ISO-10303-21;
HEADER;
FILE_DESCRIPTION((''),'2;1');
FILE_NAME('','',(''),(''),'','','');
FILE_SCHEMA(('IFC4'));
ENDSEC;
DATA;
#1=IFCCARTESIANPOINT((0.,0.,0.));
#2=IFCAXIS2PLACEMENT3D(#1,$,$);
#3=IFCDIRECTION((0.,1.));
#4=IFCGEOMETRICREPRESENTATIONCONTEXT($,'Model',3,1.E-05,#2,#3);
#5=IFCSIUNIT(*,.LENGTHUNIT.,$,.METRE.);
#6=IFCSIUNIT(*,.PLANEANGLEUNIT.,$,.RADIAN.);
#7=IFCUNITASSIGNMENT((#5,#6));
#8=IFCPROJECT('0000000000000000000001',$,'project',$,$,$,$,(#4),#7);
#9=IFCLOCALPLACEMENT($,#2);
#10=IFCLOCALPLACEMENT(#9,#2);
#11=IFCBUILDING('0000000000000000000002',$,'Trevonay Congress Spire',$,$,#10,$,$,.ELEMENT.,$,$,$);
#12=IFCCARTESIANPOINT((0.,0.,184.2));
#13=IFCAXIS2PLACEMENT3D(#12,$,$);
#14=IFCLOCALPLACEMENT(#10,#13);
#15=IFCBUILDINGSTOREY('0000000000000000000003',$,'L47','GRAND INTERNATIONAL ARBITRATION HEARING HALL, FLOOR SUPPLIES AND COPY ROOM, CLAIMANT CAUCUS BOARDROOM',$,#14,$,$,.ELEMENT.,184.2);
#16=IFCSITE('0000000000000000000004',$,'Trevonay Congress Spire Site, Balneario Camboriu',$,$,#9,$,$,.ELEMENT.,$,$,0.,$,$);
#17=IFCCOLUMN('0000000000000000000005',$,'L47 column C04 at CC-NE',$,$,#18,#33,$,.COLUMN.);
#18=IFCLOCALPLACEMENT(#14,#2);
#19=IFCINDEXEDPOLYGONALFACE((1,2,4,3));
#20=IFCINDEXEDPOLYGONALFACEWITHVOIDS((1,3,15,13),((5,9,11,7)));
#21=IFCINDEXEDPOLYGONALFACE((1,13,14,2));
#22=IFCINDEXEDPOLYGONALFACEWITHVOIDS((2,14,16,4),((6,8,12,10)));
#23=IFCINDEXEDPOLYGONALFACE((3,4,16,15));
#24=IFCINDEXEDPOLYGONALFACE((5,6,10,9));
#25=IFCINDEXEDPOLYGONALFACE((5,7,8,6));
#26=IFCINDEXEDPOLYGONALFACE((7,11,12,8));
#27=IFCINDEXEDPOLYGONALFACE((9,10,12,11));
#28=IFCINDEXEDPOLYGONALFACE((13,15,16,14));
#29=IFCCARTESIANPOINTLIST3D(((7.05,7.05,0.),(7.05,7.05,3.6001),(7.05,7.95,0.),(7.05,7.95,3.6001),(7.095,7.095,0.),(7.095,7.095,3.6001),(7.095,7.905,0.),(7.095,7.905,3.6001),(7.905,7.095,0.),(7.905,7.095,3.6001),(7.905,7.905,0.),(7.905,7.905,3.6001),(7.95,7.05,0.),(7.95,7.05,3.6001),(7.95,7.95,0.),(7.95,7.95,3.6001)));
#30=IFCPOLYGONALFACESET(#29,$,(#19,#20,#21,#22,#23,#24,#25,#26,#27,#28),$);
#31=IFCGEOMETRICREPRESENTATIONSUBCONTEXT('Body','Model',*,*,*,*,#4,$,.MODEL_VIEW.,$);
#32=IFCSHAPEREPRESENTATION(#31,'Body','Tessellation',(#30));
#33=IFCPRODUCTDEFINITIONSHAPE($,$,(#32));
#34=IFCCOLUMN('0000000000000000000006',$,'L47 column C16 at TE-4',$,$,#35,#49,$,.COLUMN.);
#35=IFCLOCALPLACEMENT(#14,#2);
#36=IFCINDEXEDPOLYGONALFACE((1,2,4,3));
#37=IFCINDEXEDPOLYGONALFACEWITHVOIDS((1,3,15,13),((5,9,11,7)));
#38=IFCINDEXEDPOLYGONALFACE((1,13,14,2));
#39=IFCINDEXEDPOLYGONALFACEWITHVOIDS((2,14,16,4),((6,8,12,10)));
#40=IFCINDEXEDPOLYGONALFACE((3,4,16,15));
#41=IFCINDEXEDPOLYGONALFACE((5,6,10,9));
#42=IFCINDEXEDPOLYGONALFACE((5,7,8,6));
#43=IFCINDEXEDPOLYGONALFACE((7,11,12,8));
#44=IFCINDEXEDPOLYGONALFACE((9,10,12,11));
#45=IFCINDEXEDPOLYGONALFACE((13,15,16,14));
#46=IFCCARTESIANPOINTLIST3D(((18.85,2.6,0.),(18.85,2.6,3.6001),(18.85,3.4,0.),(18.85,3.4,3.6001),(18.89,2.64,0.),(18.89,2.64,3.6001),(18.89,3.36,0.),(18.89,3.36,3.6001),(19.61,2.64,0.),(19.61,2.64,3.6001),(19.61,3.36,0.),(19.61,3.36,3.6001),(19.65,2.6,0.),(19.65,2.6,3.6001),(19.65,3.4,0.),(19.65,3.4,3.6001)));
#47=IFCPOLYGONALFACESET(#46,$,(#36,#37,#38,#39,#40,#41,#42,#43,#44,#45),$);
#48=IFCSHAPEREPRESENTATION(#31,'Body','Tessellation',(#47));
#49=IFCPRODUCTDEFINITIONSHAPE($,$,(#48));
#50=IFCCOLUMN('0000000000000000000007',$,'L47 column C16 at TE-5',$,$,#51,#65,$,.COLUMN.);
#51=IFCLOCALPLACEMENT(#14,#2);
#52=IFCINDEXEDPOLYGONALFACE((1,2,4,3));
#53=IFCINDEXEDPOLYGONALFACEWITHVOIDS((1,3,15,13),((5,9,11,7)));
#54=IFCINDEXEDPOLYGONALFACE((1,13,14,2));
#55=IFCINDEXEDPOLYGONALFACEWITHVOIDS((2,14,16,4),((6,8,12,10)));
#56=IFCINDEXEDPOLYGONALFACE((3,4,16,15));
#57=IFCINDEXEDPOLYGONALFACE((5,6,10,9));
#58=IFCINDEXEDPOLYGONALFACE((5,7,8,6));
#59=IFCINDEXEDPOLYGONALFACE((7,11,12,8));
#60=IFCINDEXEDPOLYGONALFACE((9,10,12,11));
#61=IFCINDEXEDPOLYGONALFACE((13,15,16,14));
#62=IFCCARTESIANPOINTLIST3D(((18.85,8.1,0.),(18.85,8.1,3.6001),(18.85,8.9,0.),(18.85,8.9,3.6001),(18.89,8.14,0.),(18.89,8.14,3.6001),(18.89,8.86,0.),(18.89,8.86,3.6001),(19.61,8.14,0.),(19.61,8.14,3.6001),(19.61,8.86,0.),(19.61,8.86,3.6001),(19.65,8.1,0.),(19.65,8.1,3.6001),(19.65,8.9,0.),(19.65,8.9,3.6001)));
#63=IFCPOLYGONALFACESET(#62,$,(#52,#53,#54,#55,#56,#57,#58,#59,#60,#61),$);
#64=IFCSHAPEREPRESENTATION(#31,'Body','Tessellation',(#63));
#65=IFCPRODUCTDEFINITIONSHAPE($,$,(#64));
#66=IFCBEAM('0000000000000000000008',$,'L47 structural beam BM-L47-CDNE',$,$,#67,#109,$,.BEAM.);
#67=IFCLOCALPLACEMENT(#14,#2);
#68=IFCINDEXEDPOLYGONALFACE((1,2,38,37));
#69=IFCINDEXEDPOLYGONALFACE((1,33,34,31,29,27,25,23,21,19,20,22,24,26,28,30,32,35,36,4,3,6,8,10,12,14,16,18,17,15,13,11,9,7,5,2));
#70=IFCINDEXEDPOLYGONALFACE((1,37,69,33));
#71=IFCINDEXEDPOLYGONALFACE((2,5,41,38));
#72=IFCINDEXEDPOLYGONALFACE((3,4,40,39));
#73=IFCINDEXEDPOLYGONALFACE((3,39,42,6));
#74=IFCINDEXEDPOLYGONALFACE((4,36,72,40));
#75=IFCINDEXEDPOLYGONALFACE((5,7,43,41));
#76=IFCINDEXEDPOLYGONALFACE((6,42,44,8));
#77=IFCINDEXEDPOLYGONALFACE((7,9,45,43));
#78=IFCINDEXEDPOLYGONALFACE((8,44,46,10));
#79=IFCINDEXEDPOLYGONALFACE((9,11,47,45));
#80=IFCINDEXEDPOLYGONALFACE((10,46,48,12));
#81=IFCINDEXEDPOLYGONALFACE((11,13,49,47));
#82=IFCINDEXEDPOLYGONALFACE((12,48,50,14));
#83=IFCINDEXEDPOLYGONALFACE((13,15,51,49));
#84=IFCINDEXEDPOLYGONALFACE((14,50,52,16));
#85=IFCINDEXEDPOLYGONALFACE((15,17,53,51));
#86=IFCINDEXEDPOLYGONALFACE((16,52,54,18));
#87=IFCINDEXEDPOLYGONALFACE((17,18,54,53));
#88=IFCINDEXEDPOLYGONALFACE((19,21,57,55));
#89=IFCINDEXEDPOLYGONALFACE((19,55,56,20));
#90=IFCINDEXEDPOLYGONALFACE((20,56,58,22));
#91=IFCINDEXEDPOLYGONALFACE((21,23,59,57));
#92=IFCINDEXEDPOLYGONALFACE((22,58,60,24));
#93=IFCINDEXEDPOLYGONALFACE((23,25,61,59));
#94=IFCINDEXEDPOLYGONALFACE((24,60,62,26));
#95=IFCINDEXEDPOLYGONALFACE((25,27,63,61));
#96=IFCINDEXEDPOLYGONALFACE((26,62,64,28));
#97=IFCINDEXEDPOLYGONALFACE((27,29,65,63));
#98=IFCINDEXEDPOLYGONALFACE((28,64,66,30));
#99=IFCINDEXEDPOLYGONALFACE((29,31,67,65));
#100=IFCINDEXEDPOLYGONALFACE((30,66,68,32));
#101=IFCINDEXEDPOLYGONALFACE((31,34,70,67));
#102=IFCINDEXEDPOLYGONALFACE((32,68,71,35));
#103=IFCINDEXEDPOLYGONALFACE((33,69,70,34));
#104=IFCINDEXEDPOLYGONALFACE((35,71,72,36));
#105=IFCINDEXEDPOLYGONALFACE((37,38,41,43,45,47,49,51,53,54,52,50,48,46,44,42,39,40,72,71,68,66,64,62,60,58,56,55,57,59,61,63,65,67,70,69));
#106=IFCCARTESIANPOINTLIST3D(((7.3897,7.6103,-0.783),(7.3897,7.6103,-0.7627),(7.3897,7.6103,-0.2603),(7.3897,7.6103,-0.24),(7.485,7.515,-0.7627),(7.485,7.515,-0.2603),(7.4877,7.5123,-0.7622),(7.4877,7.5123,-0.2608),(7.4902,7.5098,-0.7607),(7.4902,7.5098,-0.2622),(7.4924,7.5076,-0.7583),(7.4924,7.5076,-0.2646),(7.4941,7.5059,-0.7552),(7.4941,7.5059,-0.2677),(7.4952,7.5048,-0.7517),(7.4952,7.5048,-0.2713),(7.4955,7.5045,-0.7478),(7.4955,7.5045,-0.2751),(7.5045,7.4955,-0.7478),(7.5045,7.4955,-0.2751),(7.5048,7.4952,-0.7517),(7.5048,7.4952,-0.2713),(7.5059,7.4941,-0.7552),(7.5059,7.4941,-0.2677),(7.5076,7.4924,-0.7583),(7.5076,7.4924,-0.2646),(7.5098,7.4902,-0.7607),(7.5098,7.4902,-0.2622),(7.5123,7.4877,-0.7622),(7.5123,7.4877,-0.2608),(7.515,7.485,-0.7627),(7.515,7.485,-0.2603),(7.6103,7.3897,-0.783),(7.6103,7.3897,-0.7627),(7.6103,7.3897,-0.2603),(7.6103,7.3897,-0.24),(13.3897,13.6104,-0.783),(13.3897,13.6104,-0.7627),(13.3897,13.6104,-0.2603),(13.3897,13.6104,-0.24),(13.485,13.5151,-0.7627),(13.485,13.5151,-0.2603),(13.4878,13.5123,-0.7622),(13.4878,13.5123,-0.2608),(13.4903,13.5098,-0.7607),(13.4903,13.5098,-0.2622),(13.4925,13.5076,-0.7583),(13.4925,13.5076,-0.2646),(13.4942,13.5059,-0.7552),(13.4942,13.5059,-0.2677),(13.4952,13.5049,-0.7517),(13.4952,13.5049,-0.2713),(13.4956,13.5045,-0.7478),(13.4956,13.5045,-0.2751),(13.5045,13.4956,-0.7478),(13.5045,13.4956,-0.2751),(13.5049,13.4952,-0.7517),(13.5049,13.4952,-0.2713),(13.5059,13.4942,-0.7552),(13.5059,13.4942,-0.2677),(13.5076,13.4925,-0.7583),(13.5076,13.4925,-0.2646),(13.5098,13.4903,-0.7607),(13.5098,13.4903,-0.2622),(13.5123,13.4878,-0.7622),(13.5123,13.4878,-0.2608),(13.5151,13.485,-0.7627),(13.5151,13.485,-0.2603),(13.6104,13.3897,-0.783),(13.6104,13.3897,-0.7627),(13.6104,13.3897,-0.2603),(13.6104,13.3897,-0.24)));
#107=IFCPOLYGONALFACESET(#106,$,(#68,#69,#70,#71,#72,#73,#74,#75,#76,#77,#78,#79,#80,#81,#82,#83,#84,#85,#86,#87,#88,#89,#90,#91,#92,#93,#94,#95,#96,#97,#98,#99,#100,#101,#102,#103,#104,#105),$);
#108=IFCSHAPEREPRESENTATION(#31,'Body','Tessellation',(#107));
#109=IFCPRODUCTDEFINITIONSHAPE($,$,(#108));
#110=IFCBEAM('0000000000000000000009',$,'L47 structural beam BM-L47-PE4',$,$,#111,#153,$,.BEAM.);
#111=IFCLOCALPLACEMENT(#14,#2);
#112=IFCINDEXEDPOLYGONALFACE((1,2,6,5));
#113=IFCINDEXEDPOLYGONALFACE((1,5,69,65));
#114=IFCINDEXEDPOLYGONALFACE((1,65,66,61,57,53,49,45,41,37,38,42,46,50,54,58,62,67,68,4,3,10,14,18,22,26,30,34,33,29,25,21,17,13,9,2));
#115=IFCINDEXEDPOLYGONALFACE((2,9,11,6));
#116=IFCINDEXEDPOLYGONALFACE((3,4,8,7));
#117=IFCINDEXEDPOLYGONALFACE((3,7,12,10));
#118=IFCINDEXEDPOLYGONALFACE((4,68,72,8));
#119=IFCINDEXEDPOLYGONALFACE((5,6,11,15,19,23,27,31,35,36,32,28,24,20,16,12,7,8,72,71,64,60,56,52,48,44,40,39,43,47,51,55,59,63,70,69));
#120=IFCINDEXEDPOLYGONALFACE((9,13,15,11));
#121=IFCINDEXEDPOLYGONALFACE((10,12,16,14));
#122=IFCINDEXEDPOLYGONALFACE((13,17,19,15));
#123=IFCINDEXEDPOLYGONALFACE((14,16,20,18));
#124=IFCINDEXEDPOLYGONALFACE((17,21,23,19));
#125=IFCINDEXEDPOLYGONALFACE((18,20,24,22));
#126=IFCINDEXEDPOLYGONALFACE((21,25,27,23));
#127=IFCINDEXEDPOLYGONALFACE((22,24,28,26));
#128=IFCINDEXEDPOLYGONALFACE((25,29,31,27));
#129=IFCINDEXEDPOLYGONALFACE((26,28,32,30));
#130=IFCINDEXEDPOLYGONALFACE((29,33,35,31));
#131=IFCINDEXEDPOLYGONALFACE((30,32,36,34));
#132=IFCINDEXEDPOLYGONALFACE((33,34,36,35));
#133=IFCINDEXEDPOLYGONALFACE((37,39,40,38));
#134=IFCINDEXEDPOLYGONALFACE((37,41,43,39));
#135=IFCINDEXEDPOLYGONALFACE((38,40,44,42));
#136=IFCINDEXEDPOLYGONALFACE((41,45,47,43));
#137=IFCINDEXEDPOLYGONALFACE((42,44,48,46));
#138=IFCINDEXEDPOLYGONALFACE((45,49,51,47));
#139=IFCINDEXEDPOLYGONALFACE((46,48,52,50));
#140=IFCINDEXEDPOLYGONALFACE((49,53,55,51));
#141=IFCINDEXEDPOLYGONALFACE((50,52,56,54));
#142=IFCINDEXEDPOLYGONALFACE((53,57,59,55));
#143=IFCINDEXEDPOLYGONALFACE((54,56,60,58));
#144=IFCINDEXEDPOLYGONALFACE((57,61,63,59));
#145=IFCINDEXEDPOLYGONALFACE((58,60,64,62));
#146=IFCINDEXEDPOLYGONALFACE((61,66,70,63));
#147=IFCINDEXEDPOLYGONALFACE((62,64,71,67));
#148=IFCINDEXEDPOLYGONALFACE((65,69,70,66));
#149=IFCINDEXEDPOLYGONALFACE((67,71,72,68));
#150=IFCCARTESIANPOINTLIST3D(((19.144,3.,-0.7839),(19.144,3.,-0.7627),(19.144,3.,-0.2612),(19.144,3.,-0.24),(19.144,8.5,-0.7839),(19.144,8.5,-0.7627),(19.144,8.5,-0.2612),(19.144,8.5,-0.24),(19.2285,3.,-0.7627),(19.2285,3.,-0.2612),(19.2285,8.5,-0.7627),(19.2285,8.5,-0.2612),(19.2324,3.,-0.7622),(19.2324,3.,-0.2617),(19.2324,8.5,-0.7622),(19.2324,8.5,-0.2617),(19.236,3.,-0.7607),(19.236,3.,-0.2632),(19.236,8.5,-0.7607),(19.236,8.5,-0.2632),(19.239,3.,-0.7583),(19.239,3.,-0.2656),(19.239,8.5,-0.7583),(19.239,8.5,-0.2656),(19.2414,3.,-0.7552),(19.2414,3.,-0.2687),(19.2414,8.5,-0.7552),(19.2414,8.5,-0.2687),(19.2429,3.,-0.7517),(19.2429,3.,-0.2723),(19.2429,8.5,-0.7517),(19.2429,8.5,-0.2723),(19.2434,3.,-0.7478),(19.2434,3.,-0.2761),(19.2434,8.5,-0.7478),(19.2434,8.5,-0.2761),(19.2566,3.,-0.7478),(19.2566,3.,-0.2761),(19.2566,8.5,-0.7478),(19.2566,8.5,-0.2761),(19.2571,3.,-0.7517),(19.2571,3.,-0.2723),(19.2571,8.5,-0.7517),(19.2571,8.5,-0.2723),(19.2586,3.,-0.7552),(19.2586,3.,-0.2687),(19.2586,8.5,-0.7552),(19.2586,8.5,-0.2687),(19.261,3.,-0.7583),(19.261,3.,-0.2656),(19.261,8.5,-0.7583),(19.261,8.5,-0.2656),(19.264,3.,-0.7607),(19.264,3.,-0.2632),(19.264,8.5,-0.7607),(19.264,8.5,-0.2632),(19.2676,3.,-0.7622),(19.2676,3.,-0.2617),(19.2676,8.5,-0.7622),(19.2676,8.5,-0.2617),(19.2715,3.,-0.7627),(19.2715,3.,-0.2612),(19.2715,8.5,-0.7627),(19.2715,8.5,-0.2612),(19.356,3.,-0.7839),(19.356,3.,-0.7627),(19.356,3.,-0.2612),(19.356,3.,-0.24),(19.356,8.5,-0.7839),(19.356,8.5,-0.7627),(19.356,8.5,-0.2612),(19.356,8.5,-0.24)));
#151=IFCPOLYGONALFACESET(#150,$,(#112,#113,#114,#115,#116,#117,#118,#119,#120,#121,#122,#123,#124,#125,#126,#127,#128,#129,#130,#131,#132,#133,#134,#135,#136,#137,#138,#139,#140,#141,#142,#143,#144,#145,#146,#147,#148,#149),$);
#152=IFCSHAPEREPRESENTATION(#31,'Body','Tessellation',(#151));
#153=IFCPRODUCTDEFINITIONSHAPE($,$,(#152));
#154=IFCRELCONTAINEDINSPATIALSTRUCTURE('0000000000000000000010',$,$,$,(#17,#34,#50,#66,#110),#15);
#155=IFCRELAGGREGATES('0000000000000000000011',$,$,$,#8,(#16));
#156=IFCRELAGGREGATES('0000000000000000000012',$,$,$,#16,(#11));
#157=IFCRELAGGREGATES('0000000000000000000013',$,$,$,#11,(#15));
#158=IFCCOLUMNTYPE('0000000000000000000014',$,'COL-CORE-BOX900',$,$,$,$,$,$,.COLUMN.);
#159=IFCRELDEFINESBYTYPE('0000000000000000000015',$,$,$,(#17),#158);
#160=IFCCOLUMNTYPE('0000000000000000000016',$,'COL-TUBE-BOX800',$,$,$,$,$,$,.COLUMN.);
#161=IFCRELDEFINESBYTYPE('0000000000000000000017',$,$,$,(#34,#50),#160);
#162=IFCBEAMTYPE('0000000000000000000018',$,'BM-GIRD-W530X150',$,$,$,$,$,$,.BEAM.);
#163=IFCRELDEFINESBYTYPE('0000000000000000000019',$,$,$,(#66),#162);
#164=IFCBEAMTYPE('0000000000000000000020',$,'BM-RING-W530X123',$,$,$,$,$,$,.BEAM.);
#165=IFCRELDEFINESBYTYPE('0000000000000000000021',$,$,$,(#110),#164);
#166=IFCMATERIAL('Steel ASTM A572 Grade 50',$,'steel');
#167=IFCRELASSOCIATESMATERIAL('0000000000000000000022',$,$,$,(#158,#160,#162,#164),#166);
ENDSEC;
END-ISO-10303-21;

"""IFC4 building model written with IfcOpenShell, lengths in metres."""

from ifc_helpers import new_model, si_unit, direction, frame, origin, origin_2d, place, context, subcontext, project, spatial, hollow_rectangle, i_section, extrude, material, material_profile, profile_set, type_object, element, save


model = new_model("IFC4")

# Units and contexts
model_context = context("Model", 3, precision=1e-05, world=origin(), true_north=direction((0.0, 1.0)))
body_context = subcontext(model_context, "Body", "Model", "MODEL_VIEW")
ifc_project = project(units=[si_unit("LENGTHUNIT", "METRE"), si_unit("PLANEANGLEUNIT", "RADIAN")], contexts=[model_context])

# Site, building, storey
site_placement = place(None, origin())
site = spatial("IfcSite", under=ifc_project, at=site_placement, Name="Trevonay Congress Spire Site, Balneario Camboriu", CompositionType="ELEMENT", RefElevation=0.0)
building_placement = place(site_placement, origin())
building = spatial("IfcBuilding", under=site, at=building_placement, Name="Trevonay Congress Spire", CompositionType="ELEMENT")
storey_placement = place(building_placement, frame((0.0, 0.0, 184.2)))
storey = spatial("IfcBuildingStorey", under=building, at=storey_placement, Name="L47", Description="GRAND INTERNATIONAL ARBITRATION HEARING HALL, FLOOR SUPPLIES AND COPY ROOM, CLAIMANT CAUCUS BOARDROOM", CompositionType="ELEMENT", Elevation=184.2)

# Columns
ifc_material_1 = material(Name="Steel ASTM A572 Grade 50", Category="steel")
ifc_material_profile_1 = material_profile(ifc_material_1, hollow_rectangle(XDim=0.8999, YDim=0.8999, WallThickness=0.0449, at=origin_2d()), Name="BOX 900x900x45")
ifc_profile_set_1 = profile_set([ifc_material_profile_1], Name="Steel ASTM A572 Grade 50")
column_type_1 = type_object("IfcColumnType", Name="COL-CORE-BOX900", PredefinedType="COLUMN", material=ifc_profile_set_1)
column_placement = place(storey_placement, frame((7.5, 7.5, 0.0), z_axis=(0.0, 0.0, 1.0), x_axis=(1.0, 0.0, 0.0)))
element("IfcColumn", 1, at=column_placement, inside=storey, type_object=column_type_1, Name="L47 column C04 at CC-NE", PredefinedType="COLUMN", context=body_context, shape_type="SweptSolid", body=[
    extrude(hollow_rectangle(XDim=0.8999, YDim=0.8999, WallThickness=0.0449, at=origin_2d()), origin(), (0.0, 0.0, 1.0), 3.6001),
])
ifc_material_profile_2 = material_profile(ifc_material_1, hollow_rectangle(XDim=0.8, YDim=0.8, WallThickness=0.04, at=origin_2d()), Name="BOX 800x800x40")
ifc_profile_set_2 = profile_set([ifc_material_profile_2], Name="Steel ASTM A572 Grade 50")
column_type_2 = type_object("IfcColumnType", Name="COL-TUBE-BOX800", PredefinedType="COLUMN", material=ifc_profile_set_2)
for number, where, z_axis, x_axis, name in (
    (2, (19.25, 3.0, 0.0), (0.0, 0.0, 1.0), (1.0, 0.0, 0.0), "L47 column C16 at TE-4"),
    (3, (19.25, 8.5, 0.0), (0.0, 0.0, 1.0), (1.0, 0.0, 0.0), "L47 column C16 at TE-5"),
):
    element("IfcColumn", number, at=place(storey_placement, frame(where, z_axis=z_axis, x_axis=x_axis)), inside=storey, type_object=column_type_2, Name=name, PredefinedType="COLUMN", context=body_context, shape_type="SweptSolid", body=[
        extrude(hollow_rectangle(XDim=0.8, YDim=0.8, WallThickness=0.04, at=origin_2d()), origin(), (0.0, 0.0, 1.0), 3.6001),
    ])

# Beams
ifc_material_profile_3 = material_profile(ifc_material_1, i_section(OverallWidth=0.312, OverallDepth=0.543, WebThickness=0.0127, FlangeThickness=0.0203, FilletRadius=0.0149, at=origin_2d()), Name="W530x150")
ifc_profile_set_3 = profile_set([ifc_material_profile_3], Name="Steel ASTM A572 Grade 50")
beam_type_1 = type_object("IfcBeamType", Name="BM-GIRD-W530X150", PredefinedType="BEAM", material=ifc_profile_set_3)
beam_1_placement = place(storey_placement, frame((7.5, 7.5, -0.5115), z_axis=(0.707107, 0.707107, 0.0), x_axis=(-0.707107, 0.707107, 0.0)))
element("IfcBeam", 4, at=beam_1_placement, inside=storey, type_object=beam_type_1, Name="L47 structural beam BM-L47-CDNE", PredefinedType="BEAM", context=body_context, shape_type="SweptSolid", body=[
    extrude(i_section(OverallWidth=0.312, OverallDepth=0.543, WebThickness=0.0127, FlangeThickness=0.0203, FilletRadius=0.0149, at=origin_2d()), origin(), (0.0, 0.0, 1.0), 8.4854),
])
ifc_material_profile_4 = material_profile(ifc_material_1, i_section(OverallWidth=0.2119, OverallDepth=0.5439, WebThickness=0.0132, FlangeThickness=0.0212, FilletRadius=0.0149, at=origin_2d()), Name="W530x123")
ifc_profile_set_4 = profile_set([ifc_material_profile_4], Name="Steel ASTM A572 Grade 50")
beam_type_2 = type_object("IfcBeamType", Name="BM-RING-W530X123", PredefinedType="BEAM", material=ifc_profile_set_4)
beam_2_placement = place(storey_placement, frame((19.25, 3.0, -0.512), z_axis=(0.0, 1.0, 0.0), x_axis=(-1.0, 0.0, 0.0)))
element("IfcBeam", 5, at=beam_2_placement, inside=storey, type_object=beam_type_2, Name="L47 structural beam BM-L47-PE4", PredefinedType="BEAM", context=body_context, shape_type="SweptSolid", body=[
    extrude(i_section(OverallWidth=0.2119, OverallDepth=0.5439, WebThickness=0.0132, FlangeThickness=0.0212, FilletRadius=0.0149, at=origin_2d()), origin(), (0.0, 0.0, 1.0), 5.5),
])

save(model, "model.ifc")
